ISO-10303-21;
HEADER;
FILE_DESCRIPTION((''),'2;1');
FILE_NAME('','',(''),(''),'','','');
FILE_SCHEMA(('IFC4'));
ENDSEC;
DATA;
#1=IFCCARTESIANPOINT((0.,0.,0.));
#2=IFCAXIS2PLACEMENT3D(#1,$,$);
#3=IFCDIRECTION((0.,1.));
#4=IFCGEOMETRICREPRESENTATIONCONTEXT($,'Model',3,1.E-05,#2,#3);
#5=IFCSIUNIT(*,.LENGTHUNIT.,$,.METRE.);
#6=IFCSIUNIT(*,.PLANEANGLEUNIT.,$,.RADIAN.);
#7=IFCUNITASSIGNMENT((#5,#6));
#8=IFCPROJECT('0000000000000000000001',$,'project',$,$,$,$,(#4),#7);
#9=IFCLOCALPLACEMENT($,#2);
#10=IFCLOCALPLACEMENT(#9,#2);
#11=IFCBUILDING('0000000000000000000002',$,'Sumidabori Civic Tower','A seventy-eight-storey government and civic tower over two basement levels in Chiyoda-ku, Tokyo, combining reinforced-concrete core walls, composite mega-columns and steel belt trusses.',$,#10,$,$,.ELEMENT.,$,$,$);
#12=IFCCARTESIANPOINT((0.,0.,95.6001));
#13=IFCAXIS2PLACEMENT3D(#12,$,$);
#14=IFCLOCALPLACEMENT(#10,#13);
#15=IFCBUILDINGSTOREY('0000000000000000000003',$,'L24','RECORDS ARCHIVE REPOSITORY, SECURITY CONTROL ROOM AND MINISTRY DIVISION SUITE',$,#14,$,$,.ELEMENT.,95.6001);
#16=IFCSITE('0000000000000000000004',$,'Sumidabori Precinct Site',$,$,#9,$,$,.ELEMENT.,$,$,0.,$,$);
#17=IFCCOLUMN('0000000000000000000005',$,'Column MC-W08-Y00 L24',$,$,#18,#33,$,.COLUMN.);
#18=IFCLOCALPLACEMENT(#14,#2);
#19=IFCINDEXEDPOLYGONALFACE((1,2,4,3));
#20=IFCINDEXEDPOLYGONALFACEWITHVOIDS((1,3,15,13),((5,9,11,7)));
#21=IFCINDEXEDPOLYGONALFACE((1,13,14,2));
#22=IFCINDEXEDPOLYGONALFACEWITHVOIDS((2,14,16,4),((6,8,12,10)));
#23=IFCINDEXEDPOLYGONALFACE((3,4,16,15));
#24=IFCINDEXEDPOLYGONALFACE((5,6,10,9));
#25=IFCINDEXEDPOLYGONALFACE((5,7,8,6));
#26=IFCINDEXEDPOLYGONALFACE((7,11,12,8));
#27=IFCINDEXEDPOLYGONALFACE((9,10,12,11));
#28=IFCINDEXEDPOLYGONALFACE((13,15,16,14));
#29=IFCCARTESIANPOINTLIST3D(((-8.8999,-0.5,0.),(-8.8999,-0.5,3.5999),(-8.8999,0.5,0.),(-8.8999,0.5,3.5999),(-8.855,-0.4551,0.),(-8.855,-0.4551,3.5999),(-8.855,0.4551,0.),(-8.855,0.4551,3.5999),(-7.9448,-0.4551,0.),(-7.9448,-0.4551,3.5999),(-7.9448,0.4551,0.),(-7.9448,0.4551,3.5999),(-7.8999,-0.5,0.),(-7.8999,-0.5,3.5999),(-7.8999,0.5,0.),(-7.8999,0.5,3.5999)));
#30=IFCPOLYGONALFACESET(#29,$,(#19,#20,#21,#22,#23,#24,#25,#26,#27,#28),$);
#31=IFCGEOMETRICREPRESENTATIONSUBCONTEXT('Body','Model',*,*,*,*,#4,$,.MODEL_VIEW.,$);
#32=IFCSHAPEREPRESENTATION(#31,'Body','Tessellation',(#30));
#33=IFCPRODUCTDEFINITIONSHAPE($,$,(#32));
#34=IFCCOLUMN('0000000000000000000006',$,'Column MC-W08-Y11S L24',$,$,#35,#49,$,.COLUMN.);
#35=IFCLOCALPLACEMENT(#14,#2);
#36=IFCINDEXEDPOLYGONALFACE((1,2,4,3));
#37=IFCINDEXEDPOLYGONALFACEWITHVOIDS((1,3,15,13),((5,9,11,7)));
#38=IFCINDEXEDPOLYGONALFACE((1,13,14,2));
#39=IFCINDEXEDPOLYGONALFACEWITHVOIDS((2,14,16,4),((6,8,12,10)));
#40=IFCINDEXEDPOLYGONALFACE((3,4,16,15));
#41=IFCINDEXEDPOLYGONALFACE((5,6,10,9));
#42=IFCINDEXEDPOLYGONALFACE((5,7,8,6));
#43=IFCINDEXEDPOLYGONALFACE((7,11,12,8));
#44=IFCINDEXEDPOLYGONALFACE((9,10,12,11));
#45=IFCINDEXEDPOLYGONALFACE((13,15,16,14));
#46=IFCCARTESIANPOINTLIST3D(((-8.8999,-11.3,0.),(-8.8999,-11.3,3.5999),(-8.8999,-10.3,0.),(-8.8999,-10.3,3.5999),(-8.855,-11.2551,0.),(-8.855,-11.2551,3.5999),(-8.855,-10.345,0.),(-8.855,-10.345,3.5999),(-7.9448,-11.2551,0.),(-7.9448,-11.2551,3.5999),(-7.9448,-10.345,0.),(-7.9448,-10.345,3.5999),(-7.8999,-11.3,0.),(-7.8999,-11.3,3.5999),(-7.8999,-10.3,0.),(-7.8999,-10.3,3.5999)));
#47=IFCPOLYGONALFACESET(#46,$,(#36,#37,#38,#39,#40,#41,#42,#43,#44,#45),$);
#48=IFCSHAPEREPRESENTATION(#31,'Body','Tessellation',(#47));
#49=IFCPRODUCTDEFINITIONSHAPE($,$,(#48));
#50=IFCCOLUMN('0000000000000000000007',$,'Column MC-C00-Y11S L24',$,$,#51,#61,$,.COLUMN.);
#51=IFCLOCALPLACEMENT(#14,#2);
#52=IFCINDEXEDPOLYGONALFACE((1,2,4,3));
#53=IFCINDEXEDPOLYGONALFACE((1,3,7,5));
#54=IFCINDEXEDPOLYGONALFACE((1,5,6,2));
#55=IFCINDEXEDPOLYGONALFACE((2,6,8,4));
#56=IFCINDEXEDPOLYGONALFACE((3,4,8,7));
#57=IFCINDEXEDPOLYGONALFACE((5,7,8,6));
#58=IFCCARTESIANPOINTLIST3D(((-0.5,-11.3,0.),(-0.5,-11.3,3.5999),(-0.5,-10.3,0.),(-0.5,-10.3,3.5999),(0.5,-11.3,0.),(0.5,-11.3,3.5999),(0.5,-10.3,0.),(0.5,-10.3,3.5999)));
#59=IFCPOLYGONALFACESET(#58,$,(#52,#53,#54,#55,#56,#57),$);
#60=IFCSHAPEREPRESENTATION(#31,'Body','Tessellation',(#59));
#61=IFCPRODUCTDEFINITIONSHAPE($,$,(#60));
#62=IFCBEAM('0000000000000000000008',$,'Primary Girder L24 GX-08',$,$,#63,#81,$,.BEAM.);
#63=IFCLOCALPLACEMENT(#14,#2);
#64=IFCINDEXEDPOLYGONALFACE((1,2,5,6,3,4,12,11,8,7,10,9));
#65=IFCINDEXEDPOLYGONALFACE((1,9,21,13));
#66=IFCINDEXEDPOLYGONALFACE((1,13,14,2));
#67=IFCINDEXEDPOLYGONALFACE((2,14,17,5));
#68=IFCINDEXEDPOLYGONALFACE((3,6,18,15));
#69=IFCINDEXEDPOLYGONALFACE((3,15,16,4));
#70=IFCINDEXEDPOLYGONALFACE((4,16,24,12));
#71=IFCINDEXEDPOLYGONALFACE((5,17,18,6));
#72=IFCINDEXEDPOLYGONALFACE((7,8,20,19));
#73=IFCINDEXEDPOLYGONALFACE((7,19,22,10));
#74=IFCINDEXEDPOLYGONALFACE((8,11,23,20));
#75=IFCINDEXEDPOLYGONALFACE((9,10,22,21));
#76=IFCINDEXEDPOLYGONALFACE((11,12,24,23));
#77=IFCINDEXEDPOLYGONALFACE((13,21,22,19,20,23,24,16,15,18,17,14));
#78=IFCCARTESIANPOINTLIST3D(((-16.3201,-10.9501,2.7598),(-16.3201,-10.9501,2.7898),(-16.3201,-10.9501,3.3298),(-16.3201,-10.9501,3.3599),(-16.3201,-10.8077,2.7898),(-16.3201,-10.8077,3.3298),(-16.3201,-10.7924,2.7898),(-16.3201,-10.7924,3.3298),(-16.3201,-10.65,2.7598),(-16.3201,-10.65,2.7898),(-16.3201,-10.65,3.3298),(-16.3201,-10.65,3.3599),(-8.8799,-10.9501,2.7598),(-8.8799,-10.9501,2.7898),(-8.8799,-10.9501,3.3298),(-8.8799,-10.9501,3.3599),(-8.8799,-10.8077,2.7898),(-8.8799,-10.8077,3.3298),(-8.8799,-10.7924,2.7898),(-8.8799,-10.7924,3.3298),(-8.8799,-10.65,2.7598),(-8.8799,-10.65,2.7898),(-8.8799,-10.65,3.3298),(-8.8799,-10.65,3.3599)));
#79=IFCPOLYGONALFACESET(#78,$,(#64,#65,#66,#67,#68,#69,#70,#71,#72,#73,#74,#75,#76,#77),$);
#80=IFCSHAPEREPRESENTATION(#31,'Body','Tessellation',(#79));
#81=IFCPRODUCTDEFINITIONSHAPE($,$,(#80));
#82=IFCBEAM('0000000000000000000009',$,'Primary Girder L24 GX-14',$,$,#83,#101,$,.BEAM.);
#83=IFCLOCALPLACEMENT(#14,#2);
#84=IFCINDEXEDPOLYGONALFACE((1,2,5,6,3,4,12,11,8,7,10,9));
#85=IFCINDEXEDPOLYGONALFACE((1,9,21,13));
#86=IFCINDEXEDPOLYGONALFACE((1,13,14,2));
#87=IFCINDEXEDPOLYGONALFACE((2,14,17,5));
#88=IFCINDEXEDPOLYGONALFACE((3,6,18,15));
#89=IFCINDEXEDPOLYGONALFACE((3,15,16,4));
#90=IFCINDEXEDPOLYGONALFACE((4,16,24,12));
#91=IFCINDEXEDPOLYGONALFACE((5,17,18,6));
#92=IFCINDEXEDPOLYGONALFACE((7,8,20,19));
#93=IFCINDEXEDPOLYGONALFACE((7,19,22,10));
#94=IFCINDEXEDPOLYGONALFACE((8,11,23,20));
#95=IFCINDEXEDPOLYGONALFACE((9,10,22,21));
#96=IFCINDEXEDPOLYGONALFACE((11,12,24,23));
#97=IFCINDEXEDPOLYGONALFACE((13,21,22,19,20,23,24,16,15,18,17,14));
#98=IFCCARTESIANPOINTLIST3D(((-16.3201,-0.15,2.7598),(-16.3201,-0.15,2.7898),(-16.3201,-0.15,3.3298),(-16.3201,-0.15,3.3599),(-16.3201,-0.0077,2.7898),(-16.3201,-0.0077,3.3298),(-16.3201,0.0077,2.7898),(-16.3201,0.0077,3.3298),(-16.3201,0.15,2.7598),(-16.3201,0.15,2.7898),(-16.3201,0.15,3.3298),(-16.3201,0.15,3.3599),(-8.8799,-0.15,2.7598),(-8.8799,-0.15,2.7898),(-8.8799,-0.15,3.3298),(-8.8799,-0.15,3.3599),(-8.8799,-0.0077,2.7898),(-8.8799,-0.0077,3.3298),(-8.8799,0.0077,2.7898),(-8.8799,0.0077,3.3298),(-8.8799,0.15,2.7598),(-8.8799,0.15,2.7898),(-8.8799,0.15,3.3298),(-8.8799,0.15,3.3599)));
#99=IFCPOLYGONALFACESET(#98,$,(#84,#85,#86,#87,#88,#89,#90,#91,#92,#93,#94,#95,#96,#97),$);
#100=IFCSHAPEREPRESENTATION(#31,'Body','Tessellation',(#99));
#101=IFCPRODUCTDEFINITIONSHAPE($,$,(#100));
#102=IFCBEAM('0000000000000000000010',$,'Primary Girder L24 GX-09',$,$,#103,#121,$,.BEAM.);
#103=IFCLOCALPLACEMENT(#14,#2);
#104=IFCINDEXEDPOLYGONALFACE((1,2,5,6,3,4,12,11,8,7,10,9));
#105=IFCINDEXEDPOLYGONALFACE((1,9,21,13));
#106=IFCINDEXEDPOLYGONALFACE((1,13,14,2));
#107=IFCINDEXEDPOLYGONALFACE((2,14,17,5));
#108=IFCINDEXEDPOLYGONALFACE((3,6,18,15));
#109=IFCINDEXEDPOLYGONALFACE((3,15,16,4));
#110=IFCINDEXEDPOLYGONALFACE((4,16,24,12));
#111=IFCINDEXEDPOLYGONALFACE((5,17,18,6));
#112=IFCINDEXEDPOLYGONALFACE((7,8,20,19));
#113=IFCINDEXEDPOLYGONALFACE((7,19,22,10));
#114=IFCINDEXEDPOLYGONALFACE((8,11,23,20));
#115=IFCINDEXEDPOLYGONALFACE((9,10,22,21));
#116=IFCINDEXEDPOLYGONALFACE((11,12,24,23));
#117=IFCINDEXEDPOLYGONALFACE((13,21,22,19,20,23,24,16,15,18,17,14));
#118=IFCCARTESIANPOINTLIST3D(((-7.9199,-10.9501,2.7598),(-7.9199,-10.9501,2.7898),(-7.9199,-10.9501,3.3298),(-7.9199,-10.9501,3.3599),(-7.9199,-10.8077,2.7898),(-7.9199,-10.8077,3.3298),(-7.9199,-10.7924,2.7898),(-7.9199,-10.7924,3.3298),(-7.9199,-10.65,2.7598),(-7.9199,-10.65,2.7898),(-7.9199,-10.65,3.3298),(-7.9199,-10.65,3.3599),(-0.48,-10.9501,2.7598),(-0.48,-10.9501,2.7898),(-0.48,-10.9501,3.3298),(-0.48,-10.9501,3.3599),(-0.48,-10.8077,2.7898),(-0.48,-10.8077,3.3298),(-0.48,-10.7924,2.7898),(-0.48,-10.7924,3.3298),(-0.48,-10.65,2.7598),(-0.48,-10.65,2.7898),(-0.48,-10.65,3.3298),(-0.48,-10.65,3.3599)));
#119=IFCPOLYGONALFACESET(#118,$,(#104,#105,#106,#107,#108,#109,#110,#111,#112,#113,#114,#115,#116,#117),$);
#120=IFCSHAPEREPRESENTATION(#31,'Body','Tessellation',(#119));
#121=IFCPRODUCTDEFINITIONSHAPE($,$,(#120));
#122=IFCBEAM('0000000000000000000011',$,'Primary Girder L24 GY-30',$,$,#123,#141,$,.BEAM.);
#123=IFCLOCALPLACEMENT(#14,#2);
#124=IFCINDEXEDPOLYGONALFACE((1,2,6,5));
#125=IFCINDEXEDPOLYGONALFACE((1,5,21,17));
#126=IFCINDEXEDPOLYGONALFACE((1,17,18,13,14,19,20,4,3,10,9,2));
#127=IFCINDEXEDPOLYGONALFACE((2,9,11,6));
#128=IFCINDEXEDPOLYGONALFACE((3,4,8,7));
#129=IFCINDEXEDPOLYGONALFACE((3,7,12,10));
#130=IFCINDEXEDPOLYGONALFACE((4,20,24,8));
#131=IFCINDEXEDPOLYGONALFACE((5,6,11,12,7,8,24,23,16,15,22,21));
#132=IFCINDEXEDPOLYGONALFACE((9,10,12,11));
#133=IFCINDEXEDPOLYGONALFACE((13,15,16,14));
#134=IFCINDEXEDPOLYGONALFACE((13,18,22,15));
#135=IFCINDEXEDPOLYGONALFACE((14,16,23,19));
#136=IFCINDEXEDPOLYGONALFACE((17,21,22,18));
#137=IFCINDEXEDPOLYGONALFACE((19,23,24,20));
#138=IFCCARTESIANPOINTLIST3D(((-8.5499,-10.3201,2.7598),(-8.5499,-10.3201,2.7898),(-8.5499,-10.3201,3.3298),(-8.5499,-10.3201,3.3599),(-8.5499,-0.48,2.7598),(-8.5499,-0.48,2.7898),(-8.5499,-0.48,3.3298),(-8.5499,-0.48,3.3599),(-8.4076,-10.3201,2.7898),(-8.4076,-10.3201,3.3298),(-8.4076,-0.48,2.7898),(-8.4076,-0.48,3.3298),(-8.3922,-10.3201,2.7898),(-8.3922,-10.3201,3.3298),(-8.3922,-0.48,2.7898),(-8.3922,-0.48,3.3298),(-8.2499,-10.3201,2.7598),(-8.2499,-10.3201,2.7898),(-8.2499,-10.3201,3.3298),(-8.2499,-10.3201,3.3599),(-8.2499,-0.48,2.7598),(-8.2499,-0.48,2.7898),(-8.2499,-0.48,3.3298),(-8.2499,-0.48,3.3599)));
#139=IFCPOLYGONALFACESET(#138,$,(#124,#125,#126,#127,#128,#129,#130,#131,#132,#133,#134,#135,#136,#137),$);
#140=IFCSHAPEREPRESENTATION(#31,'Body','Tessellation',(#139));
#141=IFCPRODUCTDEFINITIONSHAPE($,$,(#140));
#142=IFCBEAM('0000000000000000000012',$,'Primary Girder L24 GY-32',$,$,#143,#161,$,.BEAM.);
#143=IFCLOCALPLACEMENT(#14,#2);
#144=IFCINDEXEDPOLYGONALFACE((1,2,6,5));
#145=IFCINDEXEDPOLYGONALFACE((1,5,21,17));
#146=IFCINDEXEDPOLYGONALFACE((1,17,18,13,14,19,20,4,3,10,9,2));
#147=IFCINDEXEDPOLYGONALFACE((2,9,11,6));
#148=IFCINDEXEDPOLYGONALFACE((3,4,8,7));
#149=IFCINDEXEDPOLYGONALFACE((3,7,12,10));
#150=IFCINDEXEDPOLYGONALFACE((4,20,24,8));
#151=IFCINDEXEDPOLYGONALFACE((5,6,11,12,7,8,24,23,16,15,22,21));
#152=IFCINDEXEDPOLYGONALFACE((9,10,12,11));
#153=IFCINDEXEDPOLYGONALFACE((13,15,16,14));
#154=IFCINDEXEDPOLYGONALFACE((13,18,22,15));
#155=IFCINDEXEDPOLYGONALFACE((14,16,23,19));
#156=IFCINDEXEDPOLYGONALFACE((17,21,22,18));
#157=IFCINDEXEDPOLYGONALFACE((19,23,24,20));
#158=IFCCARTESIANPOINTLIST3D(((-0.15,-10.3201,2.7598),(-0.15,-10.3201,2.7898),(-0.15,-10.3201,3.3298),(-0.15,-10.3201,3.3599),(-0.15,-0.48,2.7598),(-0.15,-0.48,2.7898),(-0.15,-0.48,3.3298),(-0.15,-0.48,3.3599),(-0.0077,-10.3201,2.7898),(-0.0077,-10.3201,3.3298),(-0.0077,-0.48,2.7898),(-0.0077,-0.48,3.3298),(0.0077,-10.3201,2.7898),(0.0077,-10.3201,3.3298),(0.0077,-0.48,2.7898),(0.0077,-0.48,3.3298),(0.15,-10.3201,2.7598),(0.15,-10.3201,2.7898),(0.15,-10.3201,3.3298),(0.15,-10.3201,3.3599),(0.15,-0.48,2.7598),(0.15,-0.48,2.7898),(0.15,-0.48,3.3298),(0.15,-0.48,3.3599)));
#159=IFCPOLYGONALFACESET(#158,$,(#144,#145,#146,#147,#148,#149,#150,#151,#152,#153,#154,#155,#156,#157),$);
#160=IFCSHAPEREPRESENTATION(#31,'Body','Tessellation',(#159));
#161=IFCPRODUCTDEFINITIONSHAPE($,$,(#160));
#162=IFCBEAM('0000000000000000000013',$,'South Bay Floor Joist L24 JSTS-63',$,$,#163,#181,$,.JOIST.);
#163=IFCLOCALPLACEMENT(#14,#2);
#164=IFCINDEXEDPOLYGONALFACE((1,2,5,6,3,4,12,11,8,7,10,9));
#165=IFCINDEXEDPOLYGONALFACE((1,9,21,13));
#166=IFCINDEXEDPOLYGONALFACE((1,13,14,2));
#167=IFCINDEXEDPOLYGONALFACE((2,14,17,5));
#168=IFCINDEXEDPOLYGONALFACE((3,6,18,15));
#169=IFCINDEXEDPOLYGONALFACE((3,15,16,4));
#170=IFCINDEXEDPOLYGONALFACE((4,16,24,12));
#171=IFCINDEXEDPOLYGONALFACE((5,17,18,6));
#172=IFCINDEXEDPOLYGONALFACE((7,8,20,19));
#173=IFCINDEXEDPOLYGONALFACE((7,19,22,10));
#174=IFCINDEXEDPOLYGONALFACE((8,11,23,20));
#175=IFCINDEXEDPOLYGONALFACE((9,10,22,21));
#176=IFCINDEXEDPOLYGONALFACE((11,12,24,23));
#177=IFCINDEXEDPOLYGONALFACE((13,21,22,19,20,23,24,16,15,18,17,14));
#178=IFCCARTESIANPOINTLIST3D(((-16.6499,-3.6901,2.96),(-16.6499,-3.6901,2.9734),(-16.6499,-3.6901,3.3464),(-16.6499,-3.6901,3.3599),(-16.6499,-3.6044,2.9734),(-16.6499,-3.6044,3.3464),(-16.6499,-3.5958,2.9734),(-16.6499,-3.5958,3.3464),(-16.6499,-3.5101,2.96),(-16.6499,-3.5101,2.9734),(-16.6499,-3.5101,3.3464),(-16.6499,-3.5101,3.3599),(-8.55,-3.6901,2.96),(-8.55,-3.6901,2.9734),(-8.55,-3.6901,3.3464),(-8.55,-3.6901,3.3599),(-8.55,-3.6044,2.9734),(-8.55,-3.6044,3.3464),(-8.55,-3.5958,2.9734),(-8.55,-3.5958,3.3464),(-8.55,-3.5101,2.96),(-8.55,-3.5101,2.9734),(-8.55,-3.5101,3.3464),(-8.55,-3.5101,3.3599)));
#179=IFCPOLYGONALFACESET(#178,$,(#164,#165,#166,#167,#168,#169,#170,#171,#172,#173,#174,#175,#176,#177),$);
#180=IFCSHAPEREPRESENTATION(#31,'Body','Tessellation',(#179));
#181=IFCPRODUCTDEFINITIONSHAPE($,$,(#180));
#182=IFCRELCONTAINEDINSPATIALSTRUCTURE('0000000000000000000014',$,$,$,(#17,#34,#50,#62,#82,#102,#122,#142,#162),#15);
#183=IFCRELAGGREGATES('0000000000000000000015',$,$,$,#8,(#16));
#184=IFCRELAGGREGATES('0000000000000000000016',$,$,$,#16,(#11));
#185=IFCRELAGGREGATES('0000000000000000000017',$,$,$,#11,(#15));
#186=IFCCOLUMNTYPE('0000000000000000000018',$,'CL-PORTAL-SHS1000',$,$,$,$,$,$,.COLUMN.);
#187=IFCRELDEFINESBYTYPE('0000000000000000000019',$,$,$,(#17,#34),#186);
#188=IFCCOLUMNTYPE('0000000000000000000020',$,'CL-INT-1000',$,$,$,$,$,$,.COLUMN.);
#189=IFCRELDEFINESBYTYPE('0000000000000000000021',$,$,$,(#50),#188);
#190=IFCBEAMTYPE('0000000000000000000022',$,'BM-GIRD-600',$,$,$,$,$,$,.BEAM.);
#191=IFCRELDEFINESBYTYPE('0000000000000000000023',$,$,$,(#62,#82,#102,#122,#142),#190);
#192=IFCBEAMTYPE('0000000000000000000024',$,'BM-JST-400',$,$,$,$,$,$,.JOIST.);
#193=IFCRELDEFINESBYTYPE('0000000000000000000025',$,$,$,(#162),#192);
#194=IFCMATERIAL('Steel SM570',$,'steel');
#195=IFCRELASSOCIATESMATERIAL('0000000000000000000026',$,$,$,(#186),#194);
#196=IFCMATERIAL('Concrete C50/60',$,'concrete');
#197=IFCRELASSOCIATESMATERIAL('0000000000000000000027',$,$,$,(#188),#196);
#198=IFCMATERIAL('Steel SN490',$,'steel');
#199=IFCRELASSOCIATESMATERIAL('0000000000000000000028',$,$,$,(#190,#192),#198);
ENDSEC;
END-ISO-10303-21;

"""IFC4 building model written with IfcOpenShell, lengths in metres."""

from ifc_helpers import new_model, si_unit, direction, frame, origin, origin_2d, place, context, subcontext, project, spatial, rectangle, hollow_rectangle, i_section, extrude, source, transform, mapped, material, material_profile, profile_set, type_object, element, save


model = new_model("IFC4")

# Units and contexts
model_context = context("Model", 3, precision=1e-05, world=origin(), true_north=direction((0.0, 1.0)))
body_context = subcontext(model_context, "Body", "Model", "MODEL_VIEW")
ifc_project = project(units=[si_unit("LENGTHUNIT", "METRE"), si_unit("PLANEANGLEUNIT", "RADIAN")], contexts=[model_context])

# Site, building, storey
site_placement = place(None, origin())
site = spatial("IfcSite", under=ifc_project, at=site_placement, Name="Sumidabori Precinct Site", CompositionType="ELEMENT", RefElevation=0.0)
building_placement = place(site_placement, origin())
building = spatial("IfcBuilding", under=site, at=building_placement, Name="Sumidabori Civic Tower", Description="A seventy-eight-storey government and civic tower over two basement levels in Chiyoda-ku, Tokyo, combining reinforced-concrete core walls, composite mega-columns and steel belt trusses.", CompositionType="ELEMENT")
storey_placement = place(building_placement, frame((0.0, 0.0, 95.6001)))
storey = spatial("IfcBuildingStorey", under=building, at=storey_placement, Name="L24", Description="RECORDS ARCHIVE REPOSITORY, SECURITY CONTROL ROOM AND MINISTRY DIVISION SUITE", CompositionType="ELEMENT", Elevation=95.6001)

# Columns
ifc_material_1 = material(Name="Steel SM570", Category="steel")
ifc_material_profile_1 = material_profile(ifc_material_1, hollow_rectangle(XDim=1.0, YDim=1.0, WallThickness=0.0449, at=origin_2d()), Name="SHS 1000x1000x45")
ifc_profile_set_1 = profile_set([ifc_material_profile_1], Name="Steel SM570")
column_type_1 = type_object("IfcColumnType", Name="CL-PORTAL-SHS1000", PredefinedType="COLUMN", material=ifc_profile_set_1)
shared_shape_1 = source(origin(), body_context, "Body", "SweptSolid", [
    extrude(hollow_rectangle(XDim=1.0, YDim=1.0, WallThickness=0.0449, at=origin_2d()), origin(), (0.0, 0.0, 1.0), 3.5999),
])
for number, where, z_axis, x_axis, name in (
    (1, (-8.3999, 0.0, 0.0), (0.0, 0.0, 1.0), (1.0, 0.0, 0.0), "Column MC-W08-Y00 L24"),
    (2, (-8.3999, -10.8, 0.0), (0.0, 0.0, 1.0), (1.0, 0.0, 0.0), "Column MC-W08-Y11S L24"),
):
    element("IfcColumn", number, at=place(storey_placement, frame(where, z_axis=z_axis, x_axis=x_axis)), inside=storey, type_object=column_type_1, Name=name, PredefinedType="COLUMN", context=body_context, shape_type="MappedRepresentation", body=[
        mapped(shared_shape_1, transform((0.0, 0.0, 0.0), x_axis=(1.0, 0.0, 0.0), y_axis=(0.0, 1.0, 0.0), z_axis=(0.0, 0.0, 1.0), scale=1.0)),
    ])
ifc_material_2 = material(Name="Concrete C50/60", Category="concrete")
ifc_material_profile_2 = material_profile(ifc_material_2, rectangle(XDim=1.0, YDim=1.0, at=origin_2d()), Name="RC 1000x1000")
ifc_profile_set_2 = profile_set([ifc_material_profile_2], Name="Concrete C50/60")
column_type_2 = type_object("IfcColumnType", Name="CL-INT-1000", PredefinedType="COLUMN", material=ifc_profile_set_2)
shared_shape_2 = source(origin(), body_context, "Body", "SweptSolid", [
    extrude(rectangle(XDim=1.0, YDim=1.0, at=origin_2d()), origin(), (0.0, 0.0, 1.0), 3.5999),
])
column_placement = place(storey_placement, frame((0.0, -10.8, 0.0), z_axis=(0.0, 0.0, 1.0), x_axis=(1.0, 0.0, 0.0)))
element("IfcColumn", 3, at=column_placement, inside=storey, type_object=column_type_2, Name="Column MC-C00-Y11S L24", PredefinedType="COLUMN", context=body_context, shape_type="MappedRepresentation", body=[
    mapped(shared_shape_2, transform((0.0, 0.0, 0.0), x_axis=(1.0, 0.0, 0.0), y_axis=(0.0, 1.0, 0.0), z_axis=(0.0, 0.0, 1.0), scale=1.0)),
])

# Beams
ifc_material_3 = material(Name="Steel SN490", Category="steel")
ifc_material_profile_3 = material_profile(ifc_material_3, i_section(OverallWidth=0.3, OverallDepth=0.6001, WebThickness=0.0154, FlangeThickness=0.03, at=origin_2d()), Name="HE 600 B")
ifc_profile_set_3 = profile_set([ifc_material_profile_3], Name="Steel SN490")
beam_type_1 = type_object("IfcBeamType", Name="BM-GIRD-600", PredefinedType="BEAM", material=ifc_profile_set_3)
shared_shape_3 = source(origin(), body_context, "Body", "SweptSolid", [
    extrude(i_section(OverallWidth=0.3, OverallDepth=0.6001, WebThickness=0.0154, FlangeThickness=0.03, at=origin_2d()), origin(), (0.0, 0.0, 1.0), 7.4402),
])
for number, where, z_axis, x_axis, name in (
    (4, (-16.3201, -10.8, 3.0598), (1.0, 0.0, 0.0), (0.0, 1.0, 0.0), "Primary Girder L24 GX-08"),
    (5, (-16.3201, 0.0, 3.0598), (1.0, 0.0, 0.0), (0.0, 1.0, 0.0), "Primary Girder L24 GX-14"),
):
    element("IfcBeam", number, at=place(storey_placement, frame(where, z_axis=z_axis, x_axis=x_axis)), inside=storey, type_object=beam_type_1, Name=name, PredefinedType="BEAM", context=body_context, shape_type="MappedRepresentation", body=[
        mapped(shared_shape_3, transform((0.0, 0.0, 0.0), x_axis=(1.0, 0.0, 0.0), y_axis=(0.0, 1.0, 0.0), z_axis=(0.0, 0.0, 1.0), scale=1.0)),
    ])
shared_shape_4 = source(origin(), body_context, "Body", "SweptSolid", [
    extrude(i_section(OverallWidth=0.3, OverallDepth=0.6001, WebThickness=0.0154, FlangeThickness=0.03, at=origin_2d()), origin(), (0.0, 0.0, 1.0), 7.4399),
])
beam_1_placement = place(storey_placement, frame((-7.9199, -10.8, 3.0598), z_axis=(1.0, 0.0, 0.0), x_axis=(0.0, 1.0, 0.0)))
element("IfcBeam", 6, at=beam_1_placement, inside=storey, type_object=beam_type_1, Name="Primary Girder L24 GX-09", PredefinedType="BEAM", context=body_context, shape_type="MappedRepresentation", body=[
    mapped(shared_shape_4, transform((0.0, 0.0, 0.0), x_axis=(1.0, 0.0, 0.0), y_axis=(0.0, 1.0, 0.0), z_axis=(0.0, 0.0, 1.0), scale=1.0)),
])
shared_shape_5 = source(origin(), body_context, "Body", "SweptSolid", [
    extrude(i_section(OverallWidth=0.3, OverallDepth=0.6001, WebThickness=0.0154, FlangeThickness=0.03, at=origin_2d()), origin(), (0.0, 0.0, 1.0), 9.8401),
])
for number, where, z_axis, x_axis, name in (
    (7, (-8.3999, -10.3201, 3.0598), (0.0, 1.0, 0.0), (-1.0, 0.0, 0.0), "Primary Girder L24 GY-30"),
    (8, (0.0, -10.3201, 3.0598), (0.0, 1.0, 0.0), (-1.0, 0.0, 0.0), "Primary Girder L24 GY-32"),
):
    element("IfcBeam", number, at=place(storey_placement, frame(where, z_axis=z_axis, x_axis=x_axis)), inside=storey, type_object=beam_type_1, Name=name, PredefinedType="BEAM", context=body_context, shape_type="MappedRepresentation", body=[
        mapped(shared_shape_5, transform((0.0, 0.0, 0.0), x_axis=(1.0, 0.0, 0.0), y_axis=(0.0, 1.0, 0.0), z_axis=(0.0, 0.0, 1.0), scale=1.0)),
    ])
ifc_material_profile_4 = material_profile(ifc_material_3, i_section(OverallWidth=0.1799, OverallDepth=0.3999, WebThickness=0.0085, FlangeThickness=0.0134, at=origin_2d()), Name="IPE 400")
ifc_profile_set_4 = profile_set([ifc_material_profile_4], Name="Steel SN490")
beam_type_2 = type_object("IfcBeamType", Name="BM-JST-400", PredefinedType="JOIST", material=ifc_profile_set_4)
shared_shape_6 = source(origin(), body_context, "Body", "SweptSolid", [
    extrude(i_section(OverallWidth=0.1799, OverallDepth=0.3999, WebThickness=0.0085, FlangeThickness=0.0134, at=origin_2d()), origin(), (0.0, 0.0, 1.0), 8.0999),
])
beam_2_placement = place(storey_placement, frame((-16.6499, -3.6001, 3.1599), z_axis=(1.0, 0.0, 0.0), x_axis=(0.0, 1.0, 0.0)))
element("IfcBeam", 9, at=beam_2_placement, inside=storey, type_object=beam_type_2, Name="South Bay Floor Joist L24 JSTS-63", PredefinedType="JOIST", context=body_context, shape_type="MappedRepresentation", body=[
    mapped(shared_shape_6, transform((0.0, 0.0, 0.0), x_axis=(1.0, 0.0, 0.0), y_axis=(0.0, 1.0, 0.0), z_axis=(0.0, 0.0, 1.0), scale=1.0)),
])

save(model, "model.ifc")
